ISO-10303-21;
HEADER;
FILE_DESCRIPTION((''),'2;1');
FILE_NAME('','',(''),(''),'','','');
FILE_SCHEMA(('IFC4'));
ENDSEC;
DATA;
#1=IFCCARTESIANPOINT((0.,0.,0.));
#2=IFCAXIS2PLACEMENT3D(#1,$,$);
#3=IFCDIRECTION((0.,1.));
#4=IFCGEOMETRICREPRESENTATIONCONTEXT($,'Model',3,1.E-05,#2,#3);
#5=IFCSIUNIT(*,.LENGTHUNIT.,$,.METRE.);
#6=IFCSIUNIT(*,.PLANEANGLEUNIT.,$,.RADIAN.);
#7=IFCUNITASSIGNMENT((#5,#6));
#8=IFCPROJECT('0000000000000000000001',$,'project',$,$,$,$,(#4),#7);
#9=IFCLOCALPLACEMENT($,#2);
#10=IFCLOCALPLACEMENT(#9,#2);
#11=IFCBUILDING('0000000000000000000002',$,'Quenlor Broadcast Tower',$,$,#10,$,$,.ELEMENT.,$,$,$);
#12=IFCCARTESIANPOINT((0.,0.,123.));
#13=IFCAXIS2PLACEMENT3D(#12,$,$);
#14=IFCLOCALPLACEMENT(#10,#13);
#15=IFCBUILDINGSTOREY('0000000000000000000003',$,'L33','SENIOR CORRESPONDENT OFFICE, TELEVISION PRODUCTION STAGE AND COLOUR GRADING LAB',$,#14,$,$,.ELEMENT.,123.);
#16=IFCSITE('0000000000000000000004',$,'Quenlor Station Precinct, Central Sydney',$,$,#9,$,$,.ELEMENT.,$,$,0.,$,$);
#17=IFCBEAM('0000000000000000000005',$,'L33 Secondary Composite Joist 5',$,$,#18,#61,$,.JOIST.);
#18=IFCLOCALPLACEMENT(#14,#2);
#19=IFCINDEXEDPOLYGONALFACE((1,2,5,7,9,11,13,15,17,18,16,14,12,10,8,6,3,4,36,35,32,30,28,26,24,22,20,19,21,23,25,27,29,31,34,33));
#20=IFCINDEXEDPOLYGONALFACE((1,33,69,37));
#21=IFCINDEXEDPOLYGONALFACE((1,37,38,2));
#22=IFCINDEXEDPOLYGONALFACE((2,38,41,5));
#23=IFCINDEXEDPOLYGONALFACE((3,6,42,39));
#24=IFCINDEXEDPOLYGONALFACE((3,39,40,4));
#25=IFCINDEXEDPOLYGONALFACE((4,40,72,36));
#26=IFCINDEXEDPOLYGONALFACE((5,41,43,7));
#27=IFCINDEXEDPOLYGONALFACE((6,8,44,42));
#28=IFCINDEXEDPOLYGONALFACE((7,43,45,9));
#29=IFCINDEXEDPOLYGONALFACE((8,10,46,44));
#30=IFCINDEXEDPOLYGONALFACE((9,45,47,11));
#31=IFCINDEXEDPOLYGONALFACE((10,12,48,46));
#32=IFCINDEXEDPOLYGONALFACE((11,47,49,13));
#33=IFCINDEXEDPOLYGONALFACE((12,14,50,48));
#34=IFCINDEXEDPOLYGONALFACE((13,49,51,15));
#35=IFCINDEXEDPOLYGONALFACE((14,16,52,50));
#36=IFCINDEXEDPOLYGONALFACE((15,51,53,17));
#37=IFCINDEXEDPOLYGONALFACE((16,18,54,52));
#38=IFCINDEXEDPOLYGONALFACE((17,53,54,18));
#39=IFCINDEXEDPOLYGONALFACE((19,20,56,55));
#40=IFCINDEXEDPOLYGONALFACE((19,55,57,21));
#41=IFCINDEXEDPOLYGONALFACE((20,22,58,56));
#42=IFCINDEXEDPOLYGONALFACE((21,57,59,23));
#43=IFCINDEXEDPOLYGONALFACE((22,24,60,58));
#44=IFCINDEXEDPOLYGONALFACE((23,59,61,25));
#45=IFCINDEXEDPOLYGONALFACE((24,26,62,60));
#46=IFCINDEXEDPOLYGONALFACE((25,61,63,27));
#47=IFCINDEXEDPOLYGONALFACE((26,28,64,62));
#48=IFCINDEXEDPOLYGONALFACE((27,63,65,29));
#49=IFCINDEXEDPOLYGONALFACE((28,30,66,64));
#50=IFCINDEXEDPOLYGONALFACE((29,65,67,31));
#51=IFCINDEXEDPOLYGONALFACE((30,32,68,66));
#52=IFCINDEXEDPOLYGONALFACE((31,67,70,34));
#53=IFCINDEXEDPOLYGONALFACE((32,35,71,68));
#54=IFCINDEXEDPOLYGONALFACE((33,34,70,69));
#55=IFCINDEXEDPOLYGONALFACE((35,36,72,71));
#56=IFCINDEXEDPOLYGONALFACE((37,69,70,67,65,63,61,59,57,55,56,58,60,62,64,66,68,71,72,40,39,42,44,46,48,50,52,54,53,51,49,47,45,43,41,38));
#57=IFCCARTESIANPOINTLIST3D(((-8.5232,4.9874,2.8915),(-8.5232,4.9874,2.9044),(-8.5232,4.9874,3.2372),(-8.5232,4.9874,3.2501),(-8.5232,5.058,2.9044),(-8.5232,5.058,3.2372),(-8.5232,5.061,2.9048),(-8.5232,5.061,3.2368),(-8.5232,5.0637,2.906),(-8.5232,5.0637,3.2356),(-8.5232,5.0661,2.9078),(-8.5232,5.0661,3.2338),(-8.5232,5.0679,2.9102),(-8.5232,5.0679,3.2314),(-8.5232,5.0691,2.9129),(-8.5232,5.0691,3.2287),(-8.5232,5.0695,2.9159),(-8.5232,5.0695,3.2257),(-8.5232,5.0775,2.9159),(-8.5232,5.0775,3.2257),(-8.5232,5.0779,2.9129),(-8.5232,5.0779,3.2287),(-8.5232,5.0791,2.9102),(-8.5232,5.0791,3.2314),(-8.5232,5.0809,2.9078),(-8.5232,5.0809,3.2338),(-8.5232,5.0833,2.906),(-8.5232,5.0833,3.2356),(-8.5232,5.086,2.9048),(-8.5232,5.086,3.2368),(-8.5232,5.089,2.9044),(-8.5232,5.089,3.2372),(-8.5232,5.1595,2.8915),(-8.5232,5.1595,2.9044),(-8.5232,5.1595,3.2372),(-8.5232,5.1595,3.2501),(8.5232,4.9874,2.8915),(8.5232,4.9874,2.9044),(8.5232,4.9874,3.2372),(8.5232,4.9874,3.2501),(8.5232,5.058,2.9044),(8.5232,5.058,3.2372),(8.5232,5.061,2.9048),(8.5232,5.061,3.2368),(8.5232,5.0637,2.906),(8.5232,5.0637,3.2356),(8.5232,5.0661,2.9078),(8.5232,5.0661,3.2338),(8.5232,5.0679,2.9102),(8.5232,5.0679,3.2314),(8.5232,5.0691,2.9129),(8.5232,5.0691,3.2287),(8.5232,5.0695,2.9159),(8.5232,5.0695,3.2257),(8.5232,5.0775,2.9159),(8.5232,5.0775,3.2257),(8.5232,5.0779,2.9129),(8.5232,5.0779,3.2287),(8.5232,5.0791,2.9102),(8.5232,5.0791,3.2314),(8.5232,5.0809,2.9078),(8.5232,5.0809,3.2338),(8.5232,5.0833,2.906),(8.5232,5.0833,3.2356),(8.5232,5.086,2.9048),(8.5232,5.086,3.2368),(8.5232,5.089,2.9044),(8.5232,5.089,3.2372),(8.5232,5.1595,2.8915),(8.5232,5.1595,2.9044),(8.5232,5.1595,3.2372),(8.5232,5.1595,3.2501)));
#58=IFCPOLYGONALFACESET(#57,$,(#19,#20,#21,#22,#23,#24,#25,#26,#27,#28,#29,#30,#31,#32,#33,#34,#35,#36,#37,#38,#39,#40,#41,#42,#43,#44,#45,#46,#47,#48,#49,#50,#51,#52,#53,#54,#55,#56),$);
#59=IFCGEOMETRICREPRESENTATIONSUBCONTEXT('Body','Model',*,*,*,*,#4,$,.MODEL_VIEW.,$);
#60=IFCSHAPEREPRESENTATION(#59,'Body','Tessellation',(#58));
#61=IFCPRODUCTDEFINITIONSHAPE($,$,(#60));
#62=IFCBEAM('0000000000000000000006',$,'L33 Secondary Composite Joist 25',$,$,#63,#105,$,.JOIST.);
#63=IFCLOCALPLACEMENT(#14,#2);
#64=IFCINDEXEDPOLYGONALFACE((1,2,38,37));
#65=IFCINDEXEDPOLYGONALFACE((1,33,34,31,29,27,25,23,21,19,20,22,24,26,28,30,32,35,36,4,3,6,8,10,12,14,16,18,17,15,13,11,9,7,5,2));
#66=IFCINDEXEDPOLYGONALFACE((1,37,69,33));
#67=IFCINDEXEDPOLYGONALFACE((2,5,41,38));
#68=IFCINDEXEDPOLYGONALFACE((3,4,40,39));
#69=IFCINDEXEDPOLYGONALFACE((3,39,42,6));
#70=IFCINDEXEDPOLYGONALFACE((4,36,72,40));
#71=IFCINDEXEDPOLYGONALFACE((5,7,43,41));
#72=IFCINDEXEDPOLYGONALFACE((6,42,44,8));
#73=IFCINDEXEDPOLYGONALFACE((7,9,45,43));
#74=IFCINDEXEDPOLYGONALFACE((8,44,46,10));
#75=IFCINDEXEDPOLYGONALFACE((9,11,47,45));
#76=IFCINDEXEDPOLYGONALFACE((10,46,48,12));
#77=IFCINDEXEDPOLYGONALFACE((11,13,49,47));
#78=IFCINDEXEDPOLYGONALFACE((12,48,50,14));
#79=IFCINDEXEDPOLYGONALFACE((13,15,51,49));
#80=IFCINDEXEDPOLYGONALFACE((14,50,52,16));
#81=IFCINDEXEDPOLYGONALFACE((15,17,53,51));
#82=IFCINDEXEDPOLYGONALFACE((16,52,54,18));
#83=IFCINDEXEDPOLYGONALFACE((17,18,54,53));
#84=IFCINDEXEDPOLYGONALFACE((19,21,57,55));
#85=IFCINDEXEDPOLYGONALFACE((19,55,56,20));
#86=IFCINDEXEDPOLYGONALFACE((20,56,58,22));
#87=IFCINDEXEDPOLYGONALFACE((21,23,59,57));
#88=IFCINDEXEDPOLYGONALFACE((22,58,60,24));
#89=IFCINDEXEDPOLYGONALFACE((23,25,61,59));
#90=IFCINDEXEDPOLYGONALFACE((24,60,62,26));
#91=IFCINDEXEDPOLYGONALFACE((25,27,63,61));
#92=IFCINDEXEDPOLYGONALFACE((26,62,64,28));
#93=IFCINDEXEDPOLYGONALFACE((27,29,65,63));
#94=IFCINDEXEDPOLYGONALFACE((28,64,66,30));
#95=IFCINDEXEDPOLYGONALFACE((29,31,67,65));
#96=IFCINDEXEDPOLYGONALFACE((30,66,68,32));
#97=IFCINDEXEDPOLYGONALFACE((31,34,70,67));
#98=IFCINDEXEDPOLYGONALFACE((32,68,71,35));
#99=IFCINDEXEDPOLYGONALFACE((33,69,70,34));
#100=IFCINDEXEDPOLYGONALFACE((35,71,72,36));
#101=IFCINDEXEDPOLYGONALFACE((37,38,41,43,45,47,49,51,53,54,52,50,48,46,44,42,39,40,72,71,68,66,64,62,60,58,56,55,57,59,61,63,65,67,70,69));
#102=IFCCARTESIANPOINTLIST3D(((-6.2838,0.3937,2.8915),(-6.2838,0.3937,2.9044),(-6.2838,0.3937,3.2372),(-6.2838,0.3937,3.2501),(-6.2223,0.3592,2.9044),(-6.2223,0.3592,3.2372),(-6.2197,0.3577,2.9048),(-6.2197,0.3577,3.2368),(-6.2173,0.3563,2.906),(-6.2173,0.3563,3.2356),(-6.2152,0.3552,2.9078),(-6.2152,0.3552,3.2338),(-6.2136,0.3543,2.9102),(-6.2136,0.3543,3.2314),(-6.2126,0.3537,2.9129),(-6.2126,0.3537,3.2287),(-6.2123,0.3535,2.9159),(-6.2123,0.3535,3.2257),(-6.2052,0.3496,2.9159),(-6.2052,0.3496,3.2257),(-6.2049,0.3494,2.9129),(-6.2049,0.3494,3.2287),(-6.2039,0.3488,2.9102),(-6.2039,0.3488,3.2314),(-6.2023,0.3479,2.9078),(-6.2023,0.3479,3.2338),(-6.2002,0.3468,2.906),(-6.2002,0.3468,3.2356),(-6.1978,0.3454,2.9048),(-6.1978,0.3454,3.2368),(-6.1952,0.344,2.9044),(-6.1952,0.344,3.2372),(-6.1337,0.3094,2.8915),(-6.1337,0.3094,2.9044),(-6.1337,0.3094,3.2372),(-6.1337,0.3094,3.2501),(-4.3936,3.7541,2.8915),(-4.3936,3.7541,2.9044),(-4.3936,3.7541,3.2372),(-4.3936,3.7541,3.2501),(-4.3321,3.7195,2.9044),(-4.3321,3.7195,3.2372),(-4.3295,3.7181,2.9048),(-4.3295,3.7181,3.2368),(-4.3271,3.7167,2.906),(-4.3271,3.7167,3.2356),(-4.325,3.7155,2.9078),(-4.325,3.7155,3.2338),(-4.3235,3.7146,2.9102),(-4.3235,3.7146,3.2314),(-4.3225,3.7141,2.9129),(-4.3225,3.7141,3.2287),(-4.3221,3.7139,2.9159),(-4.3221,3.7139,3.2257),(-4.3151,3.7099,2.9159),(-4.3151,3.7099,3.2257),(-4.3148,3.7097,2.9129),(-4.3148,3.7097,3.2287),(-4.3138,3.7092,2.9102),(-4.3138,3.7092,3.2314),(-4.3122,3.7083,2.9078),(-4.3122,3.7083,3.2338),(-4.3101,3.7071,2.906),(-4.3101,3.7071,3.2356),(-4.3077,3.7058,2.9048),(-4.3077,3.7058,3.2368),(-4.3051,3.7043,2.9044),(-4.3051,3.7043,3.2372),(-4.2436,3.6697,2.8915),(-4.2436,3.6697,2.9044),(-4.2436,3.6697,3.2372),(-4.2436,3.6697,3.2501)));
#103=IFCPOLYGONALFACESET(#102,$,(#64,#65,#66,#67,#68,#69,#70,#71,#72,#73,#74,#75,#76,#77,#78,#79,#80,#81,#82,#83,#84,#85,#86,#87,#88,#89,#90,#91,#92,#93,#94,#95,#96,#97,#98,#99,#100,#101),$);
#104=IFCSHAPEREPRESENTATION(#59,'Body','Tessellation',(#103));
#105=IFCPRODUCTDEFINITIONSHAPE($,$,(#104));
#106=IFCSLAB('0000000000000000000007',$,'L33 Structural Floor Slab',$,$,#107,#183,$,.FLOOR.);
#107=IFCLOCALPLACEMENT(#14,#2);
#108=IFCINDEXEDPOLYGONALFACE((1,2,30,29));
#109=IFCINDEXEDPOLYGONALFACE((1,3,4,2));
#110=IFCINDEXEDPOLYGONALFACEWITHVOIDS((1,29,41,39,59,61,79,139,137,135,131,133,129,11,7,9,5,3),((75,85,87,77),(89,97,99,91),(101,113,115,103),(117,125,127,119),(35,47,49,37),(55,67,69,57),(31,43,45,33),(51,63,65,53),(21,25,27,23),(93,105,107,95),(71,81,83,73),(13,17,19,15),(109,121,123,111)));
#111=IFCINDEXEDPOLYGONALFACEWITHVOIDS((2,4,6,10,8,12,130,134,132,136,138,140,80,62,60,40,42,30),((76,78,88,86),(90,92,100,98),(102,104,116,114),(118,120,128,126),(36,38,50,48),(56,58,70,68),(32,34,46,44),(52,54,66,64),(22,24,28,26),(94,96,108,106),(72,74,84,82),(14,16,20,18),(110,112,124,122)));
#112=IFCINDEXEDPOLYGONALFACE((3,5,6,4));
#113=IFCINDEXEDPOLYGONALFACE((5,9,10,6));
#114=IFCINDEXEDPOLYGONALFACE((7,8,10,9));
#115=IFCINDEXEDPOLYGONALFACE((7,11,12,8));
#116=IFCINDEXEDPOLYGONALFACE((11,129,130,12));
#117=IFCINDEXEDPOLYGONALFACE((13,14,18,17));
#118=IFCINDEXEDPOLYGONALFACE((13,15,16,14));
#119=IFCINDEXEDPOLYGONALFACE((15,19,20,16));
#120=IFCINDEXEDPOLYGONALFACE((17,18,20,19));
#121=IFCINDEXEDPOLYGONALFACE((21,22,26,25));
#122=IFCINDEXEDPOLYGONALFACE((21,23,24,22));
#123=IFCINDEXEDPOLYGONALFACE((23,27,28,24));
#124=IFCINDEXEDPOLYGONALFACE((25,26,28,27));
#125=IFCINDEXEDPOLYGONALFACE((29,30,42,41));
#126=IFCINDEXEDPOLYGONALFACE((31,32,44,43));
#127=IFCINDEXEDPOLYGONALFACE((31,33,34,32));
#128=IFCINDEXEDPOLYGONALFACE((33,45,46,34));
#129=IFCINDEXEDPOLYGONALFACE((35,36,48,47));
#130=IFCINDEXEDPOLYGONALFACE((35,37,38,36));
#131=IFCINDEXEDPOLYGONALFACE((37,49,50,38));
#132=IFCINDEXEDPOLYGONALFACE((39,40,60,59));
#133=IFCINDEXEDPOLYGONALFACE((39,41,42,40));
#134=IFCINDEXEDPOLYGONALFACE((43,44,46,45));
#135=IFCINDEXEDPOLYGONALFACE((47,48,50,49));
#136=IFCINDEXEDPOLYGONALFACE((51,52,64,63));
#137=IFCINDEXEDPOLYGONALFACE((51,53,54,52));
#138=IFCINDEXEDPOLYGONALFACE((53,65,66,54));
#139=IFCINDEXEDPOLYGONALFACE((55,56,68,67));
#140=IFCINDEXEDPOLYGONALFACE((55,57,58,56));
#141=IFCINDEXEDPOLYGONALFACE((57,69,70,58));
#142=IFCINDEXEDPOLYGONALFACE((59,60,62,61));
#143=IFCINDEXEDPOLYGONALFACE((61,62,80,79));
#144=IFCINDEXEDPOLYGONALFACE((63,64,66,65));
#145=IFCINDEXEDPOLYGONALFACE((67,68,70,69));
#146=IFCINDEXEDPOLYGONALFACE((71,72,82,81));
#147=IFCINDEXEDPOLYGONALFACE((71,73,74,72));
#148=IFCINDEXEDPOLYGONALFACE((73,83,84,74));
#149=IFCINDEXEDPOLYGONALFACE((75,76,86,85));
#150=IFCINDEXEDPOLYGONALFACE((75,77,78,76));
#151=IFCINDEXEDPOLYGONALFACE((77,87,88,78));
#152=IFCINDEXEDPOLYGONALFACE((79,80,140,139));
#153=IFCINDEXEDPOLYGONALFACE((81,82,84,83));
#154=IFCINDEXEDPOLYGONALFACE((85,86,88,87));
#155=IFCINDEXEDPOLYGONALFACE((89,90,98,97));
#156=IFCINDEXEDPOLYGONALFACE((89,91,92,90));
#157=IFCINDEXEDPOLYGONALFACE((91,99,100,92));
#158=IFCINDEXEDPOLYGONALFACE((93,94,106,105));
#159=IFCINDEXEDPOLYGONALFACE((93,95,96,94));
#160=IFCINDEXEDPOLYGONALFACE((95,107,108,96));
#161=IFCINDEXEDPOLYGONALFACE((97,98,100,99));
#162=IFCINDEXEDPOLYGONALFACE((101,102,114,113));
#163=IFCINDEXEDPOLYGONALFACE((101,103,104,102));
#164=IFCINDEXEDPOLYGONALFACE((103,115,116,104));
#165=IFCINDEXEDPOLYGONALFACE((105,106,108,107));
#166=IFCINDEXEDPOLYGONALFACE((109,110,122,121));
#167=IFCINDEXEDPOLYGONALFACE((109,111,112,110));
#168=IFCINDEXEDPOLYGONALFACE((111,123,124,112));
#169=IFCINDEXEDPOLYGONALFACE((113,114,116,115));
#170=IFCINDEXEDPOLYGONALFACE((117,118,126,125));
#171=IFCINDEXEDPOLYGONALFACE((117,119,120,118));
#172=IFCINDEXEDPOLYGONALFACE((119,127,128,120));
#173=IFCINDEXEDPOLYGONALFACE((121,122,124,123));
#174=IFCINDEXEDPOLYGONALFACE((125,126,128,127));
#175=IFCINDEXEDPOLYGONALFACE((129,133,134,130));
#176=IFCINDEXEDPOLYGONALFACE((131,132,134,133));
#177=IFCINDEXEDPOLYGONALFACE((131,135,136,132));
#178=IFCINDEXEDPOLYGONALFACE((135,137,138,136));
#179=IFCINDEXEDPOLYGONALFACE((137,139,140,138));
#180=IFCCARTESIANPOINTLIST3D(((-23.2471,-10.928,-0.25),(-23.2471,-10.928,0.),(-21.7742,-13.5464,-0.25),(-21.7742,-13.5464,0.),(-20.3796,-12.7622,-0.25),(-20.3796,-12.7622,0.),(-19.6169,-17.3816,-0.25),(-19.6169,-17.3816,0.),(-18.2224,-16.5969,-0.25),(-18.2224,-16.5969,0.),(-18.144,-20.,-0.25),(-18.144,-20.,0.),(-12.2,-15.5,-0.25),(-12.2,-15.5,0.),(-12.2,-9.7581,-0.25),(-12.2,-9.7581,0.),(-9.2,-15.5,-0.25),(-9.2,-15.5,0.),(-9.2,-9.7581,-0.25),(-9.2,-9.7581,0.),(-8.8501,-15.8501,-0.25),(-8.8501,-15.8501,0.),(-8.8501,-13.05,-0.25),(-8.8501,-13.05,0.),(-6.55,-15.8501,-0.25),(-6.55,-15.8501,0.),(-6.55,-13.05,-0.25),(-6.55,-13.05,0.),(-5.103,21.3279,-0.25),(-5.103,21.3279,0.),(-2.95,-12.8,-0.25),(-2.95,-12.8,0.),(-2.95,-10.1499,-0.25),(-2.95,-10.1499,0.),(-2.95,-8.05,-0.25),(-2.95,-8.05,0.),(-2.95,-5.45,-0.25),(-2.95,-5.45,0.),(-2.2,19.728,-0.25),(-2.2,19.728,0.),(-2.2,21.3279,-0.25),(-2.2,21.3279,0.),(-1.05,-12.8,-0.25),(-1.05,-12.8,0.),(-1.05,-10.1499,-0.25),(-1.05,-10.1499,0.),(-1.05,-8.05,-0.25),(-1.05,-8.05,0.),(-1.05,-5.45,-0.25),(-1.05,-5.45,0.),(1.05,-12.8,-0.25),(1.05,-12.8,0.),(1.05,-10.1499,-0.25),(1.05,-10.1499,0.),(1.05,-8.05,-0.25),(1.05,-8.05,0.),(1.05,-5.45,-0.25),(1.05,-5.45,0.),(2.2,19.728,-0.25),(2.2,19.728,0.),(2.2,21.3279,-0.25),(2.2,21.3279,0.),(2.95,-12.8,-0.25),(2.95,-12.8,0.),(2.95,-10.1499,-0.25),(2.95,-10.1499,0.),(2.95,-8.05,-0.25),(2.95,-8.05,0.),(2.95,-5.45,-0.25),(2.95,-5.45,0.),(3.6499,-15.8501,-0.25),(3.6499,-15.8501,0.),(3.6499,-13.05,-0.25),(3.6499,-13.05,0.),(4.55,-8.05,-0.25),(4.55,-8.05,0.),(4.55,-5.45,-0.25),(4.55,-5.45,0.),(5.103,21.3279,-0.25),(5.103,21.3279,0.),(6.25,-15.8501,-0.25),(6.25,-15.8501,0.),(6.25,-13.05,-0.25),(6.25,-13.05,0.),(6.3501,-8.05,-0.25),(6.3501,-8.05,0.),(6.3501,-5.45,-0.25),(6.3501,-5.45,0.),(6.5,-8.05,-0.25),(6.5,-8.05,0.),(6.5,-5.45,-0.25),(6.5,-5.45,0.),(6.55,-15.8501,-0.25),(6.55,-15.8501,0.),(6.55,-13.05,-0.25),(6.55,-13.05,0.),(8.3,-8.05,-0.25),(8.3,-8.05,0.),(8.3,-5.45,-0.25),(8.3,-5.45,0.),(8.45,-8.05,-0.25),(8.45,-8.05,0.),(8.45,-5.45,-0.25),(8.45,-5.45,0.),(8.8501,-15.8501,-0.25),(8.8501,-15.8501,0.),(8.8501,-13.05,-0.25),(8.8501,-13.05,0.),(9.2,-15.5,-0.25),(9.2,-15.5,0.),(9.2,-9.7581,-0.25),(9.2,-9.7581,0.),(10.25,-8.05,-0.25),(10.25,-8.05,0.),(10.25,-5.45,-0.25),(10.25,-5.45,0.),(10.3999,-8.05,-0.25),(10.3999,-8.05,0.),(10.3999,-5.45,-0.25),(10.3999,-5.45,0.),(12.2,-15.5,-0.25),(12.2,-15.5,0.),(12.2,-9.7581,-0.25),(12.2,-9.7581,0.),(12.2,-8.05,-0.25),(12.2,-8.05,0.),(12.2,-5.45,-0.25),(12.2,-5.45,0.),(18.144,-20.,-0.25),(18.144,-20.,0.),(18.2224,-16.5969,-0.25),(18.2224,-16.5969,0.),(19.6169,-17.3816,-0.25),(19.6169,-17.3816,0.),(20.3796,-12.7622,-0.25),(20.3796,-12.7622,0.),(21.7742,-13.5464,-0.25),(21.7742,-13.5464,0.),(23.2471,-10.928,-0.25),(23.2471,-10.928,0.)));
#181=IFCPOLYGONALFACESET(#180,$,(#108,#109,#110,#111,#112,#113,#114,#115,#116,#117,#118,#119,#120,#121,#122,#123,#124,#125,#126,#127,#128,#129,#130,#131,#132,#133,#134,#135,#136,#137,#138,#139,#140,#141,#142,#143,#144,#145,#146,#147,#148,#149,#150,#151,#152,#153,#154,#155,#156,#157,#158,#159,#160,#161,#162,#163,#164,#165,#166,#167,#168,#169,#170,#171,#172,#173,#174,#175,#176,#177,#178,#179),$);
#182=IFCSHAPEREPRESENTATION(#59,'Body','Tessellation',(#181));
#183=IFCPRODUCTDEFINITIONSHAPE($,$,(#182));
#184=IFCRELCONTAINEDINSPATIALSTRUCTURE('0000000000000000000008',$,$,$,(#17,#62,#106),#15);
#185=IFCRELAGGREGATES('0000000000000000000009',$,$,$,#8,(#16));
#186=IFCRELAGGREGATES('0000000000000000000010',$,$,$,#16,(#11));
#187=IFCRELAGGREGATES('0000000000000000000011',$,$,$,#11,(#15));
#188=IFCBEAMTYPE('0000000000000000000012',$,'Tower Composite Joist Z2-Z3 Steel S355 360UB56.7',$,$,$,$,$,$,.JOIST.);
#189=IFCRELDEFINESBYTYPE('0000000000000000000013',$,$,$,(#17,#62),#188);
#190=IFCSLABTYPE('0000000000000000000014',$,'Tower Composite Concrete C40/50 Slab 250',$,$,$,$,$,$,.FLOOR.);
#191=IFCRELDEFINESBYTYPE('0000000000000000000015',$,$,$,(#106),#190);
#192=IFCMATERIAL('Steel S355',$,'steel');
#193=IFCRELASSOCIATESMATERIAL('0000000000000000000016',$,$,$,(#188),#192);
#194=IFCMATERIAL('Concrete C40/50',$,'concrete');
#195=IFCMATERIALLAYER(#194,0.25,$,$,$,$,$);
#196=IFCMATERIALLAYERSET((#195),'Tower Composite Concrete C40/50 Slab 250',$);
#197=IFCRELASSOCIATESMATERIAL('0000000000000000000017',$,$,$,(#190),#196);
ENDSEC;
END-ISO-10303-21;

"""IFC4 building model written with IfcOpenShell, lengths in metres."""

from ifc_helpers import new_model, si_unit, direction, frame, origin, origin_2d, place, context, subcontext, project, spatial, polyline, i_section, outline, extrude, material, layer, layer_set, material_profile, profile_set, type_object, element, save


model = new_model("IFC4")

# Units and contexts
model_context = context("Model", 3, precision=1e-05, world=origin(), true_north=direction((0.0, 1.0)))
body_context = subcontext(model_context, "Body", "Model", "MODEL_VIEW")
ifc_project = project(units=[si_unit("LENGTHUNIT", "METRE"), si_unit("PLANEANGLEUNIT", "RADIAN")], contexts=[model_context])

# Site, building, storey
site_placement = place(None, origin())
site = spatial("IfcSite", under=ifc_project, at=site_placement, Name="Quenlor Station Precinct, Central Sydney", CompositionType="ELEMENT", RefElevation=0.0)
building_placement = place(site_placement, origin())
building = spatial("IfcBuilding", under=site, at=building_placement, Name="Quenlor Broadcast Tower", CompositionType="ELEMENT")
storey_placement = place(building_placement, frame((0.0, 0.0, 123.0)))
storey = spatial("IfcBuildingStorey", under=building, at=storey_placement, Name="L33", Description="SENIOR CORRESPONDENT OFFICE, TELEVISION PRODUCTION STAGE AND COLOUR GRADING LAB", CompositionType="ELEMENT", Elevation=123.0)

# Beams
ifc_material_1 = material(Name="Steel S355", Category="steel")
ifc_material_profile = material_profile(ifc_material_1, i_section(OverallWidth=0.1721, OverallDepth=0.3586, WebThickness=0.0081, FlangeThickness=0.0129, FilletRadius=0.0115, at=origin_2d()))
ifc_profile_set = profile_set([ifc_material_profile], Name="Steel S355 360UB56.7")
beam_type = type_object("IfcBeamType", Name="Tower Composite Joist Z2-Z3 Steel S355 360UB56.7", PredefinedType="JOIST", material=ifc_profile_set)
beam_1_placement = place(storey_placement, frame((-8.5232, 5.0735, 3.0708), z_axis=(1.0, 0.0, 0.0), x_axis=(0.0, 1.0, 0.0)))
element("IfcBeam", 1, at=beam_1_placement, inside=storey, type_object=beam_type, Name="L33 Secondary Composite Joist 5", PredefinedType="JOIST", context=body_context, shape_type="SweptSolid", body=[
    extrude(i_section(OverallWidth=0.1721, OverallDepth=0.3586, WebThickness=0.0081, FlangeThickness=0.0129, FilletRadius=0.0115, at=origin_2d()), origin(), (0.0, 0.0, 1.0), 17.0464),
])
beam_2_placement = place(storey_placement, frame((-4.3186, 3.7119, 3.0708), z_axis=(-0.490249, -0.871582, 0.0), x_axis=(0.871582, -0.490249, 0.0)))
element("IfcBeam", 2, at=beam_2_placement, inside=storey, type_object=beam_type, Name="L33 Secondary Composite Joist 25", PredefinedType="JOIST", context=body_context, shape_type="SweptSolid", body=[
    extrude(i_section(OverallWidth=0.1721, OverallDepth=0.3586, WebThickness=0.0081, FlangeThickness=0.0129, FilletRadius=0.0115, at=origin_2d()), origin(), (0.0, 0.0, 1.0), 3.8555),
])

# Slab
ifc_material_2 = material(Name="Concrete C40/50", Category="concrete")
ifc_layer_1 = layer(ifc_material_2, 0.25)
ifc_layer_set_1 = layer_set([ifc_layer_1], Name="Tower Composite Concrete C40/50 Slab 250")
slab_type = type_object("IfcSlabType", Name="Tower Composite Concrete C40/50 Slab 250", PredefinedType="FLOOR", material=ifc_layer_set_1)
slab_placement = place(storey_placement, frame((0.0, 0.0, -0.25)))
element("IfcSlab", 3, at=slab_placement, inside=storey, type_object=slab_type, Name="L33 Structural Floor Slab", PredefinedType="FLOOR", context=body_context, shape_type="SweptSolid", body=[
    extrude(outline(polyline([(18.144, -20.0), (19.6169, -17.3816), (18.2224, -16.5969), (20.3796, -12.7622), (21.7742, -13.5464), (23.2471, -10.928), (5.103, 21.3279), (2.2, 21.3279), (2.2, 19.728), (-2.2, 19.728), (-2.2, 21.3279), (-5.103, 21.3279), (-23.2471, -10.928), (-21.7742, -13.5464), (-20.3796, -12.7622), (-18.2224, -16.5969), (-19.6169, -17.3816), (-18.144, -20.0), (18.144, -20.0)]), holes=[polyline([(-12.2, -9.7581), (-12.2, -15.5), (-9.2, -15.5), (-9.2, -9.7581), (-12.2, -9.7581)]), polyline([(9.2, -9.7581), (9.2, -15.5), (12.2, -15.5), (12.2, -9.7581), (9.2, -9.7581)]), polyline([(-2.95, -8.05), (-1.05, -8.05), (-1.05, -5.45), (-2.95, -5.45), (-2.95, -8.05)]), polyline([(1.05, -8.05), (2.95, -8.05), (2.95, -5.45), (1.05, -5.45), (1.05, -8.05)]), polyline([(-2.95, -12.8), (-1.05, -12.8), (-1.05, -10.1499), (-2.95, -10.1499), (-2.95, -12.8)]), polyline([(1.05, -12.8), (2.95, -12.8), (2.95, -10.1499), (1.05, -10.1499), (1.05, -12.8)]), polyline([(4.55, -8.05), (6.3501, -8.05), (6.3501, -5.45), (4.55, -5.45), (4.55, -8.05)]), polyline([(6.5, -8.05), (8.3, -8.05), (8.3, -5.45), (6.5, -5.45), (6.5, -8.05)]), polyline([(8.45, -8.05), (10.25, -8.05), (10.25, -5.45), (8.45, -5.45), (8.45, -8.05)]), polyline([(10.3999, -8.05), (12.2, -8.05), (12.2, -5.45), (10.3999, -5.45), (10.3999, -8.05)]), polyline([(-8.8501, -15.8501), (-6.55, -15.8501), (-6.55, -13.05), (-8.8501, -13.05), (-8.8501, -15.8501)]), polyline([(6.55, -15.8501), (8.8501, -15.8501), (8.8501, -13.05), (6.55, -13.05), (6.55, -15.8501)]), polyline([(3.6499, -15.8501), (6.25, -15.8501), (6.25, -13.05), (3.6499, -13.05), (3.6499, -15.8501)])]), origin(), (0.0, 0.0, 1.0), 0.25),
])

save(model, "model.ifc")
